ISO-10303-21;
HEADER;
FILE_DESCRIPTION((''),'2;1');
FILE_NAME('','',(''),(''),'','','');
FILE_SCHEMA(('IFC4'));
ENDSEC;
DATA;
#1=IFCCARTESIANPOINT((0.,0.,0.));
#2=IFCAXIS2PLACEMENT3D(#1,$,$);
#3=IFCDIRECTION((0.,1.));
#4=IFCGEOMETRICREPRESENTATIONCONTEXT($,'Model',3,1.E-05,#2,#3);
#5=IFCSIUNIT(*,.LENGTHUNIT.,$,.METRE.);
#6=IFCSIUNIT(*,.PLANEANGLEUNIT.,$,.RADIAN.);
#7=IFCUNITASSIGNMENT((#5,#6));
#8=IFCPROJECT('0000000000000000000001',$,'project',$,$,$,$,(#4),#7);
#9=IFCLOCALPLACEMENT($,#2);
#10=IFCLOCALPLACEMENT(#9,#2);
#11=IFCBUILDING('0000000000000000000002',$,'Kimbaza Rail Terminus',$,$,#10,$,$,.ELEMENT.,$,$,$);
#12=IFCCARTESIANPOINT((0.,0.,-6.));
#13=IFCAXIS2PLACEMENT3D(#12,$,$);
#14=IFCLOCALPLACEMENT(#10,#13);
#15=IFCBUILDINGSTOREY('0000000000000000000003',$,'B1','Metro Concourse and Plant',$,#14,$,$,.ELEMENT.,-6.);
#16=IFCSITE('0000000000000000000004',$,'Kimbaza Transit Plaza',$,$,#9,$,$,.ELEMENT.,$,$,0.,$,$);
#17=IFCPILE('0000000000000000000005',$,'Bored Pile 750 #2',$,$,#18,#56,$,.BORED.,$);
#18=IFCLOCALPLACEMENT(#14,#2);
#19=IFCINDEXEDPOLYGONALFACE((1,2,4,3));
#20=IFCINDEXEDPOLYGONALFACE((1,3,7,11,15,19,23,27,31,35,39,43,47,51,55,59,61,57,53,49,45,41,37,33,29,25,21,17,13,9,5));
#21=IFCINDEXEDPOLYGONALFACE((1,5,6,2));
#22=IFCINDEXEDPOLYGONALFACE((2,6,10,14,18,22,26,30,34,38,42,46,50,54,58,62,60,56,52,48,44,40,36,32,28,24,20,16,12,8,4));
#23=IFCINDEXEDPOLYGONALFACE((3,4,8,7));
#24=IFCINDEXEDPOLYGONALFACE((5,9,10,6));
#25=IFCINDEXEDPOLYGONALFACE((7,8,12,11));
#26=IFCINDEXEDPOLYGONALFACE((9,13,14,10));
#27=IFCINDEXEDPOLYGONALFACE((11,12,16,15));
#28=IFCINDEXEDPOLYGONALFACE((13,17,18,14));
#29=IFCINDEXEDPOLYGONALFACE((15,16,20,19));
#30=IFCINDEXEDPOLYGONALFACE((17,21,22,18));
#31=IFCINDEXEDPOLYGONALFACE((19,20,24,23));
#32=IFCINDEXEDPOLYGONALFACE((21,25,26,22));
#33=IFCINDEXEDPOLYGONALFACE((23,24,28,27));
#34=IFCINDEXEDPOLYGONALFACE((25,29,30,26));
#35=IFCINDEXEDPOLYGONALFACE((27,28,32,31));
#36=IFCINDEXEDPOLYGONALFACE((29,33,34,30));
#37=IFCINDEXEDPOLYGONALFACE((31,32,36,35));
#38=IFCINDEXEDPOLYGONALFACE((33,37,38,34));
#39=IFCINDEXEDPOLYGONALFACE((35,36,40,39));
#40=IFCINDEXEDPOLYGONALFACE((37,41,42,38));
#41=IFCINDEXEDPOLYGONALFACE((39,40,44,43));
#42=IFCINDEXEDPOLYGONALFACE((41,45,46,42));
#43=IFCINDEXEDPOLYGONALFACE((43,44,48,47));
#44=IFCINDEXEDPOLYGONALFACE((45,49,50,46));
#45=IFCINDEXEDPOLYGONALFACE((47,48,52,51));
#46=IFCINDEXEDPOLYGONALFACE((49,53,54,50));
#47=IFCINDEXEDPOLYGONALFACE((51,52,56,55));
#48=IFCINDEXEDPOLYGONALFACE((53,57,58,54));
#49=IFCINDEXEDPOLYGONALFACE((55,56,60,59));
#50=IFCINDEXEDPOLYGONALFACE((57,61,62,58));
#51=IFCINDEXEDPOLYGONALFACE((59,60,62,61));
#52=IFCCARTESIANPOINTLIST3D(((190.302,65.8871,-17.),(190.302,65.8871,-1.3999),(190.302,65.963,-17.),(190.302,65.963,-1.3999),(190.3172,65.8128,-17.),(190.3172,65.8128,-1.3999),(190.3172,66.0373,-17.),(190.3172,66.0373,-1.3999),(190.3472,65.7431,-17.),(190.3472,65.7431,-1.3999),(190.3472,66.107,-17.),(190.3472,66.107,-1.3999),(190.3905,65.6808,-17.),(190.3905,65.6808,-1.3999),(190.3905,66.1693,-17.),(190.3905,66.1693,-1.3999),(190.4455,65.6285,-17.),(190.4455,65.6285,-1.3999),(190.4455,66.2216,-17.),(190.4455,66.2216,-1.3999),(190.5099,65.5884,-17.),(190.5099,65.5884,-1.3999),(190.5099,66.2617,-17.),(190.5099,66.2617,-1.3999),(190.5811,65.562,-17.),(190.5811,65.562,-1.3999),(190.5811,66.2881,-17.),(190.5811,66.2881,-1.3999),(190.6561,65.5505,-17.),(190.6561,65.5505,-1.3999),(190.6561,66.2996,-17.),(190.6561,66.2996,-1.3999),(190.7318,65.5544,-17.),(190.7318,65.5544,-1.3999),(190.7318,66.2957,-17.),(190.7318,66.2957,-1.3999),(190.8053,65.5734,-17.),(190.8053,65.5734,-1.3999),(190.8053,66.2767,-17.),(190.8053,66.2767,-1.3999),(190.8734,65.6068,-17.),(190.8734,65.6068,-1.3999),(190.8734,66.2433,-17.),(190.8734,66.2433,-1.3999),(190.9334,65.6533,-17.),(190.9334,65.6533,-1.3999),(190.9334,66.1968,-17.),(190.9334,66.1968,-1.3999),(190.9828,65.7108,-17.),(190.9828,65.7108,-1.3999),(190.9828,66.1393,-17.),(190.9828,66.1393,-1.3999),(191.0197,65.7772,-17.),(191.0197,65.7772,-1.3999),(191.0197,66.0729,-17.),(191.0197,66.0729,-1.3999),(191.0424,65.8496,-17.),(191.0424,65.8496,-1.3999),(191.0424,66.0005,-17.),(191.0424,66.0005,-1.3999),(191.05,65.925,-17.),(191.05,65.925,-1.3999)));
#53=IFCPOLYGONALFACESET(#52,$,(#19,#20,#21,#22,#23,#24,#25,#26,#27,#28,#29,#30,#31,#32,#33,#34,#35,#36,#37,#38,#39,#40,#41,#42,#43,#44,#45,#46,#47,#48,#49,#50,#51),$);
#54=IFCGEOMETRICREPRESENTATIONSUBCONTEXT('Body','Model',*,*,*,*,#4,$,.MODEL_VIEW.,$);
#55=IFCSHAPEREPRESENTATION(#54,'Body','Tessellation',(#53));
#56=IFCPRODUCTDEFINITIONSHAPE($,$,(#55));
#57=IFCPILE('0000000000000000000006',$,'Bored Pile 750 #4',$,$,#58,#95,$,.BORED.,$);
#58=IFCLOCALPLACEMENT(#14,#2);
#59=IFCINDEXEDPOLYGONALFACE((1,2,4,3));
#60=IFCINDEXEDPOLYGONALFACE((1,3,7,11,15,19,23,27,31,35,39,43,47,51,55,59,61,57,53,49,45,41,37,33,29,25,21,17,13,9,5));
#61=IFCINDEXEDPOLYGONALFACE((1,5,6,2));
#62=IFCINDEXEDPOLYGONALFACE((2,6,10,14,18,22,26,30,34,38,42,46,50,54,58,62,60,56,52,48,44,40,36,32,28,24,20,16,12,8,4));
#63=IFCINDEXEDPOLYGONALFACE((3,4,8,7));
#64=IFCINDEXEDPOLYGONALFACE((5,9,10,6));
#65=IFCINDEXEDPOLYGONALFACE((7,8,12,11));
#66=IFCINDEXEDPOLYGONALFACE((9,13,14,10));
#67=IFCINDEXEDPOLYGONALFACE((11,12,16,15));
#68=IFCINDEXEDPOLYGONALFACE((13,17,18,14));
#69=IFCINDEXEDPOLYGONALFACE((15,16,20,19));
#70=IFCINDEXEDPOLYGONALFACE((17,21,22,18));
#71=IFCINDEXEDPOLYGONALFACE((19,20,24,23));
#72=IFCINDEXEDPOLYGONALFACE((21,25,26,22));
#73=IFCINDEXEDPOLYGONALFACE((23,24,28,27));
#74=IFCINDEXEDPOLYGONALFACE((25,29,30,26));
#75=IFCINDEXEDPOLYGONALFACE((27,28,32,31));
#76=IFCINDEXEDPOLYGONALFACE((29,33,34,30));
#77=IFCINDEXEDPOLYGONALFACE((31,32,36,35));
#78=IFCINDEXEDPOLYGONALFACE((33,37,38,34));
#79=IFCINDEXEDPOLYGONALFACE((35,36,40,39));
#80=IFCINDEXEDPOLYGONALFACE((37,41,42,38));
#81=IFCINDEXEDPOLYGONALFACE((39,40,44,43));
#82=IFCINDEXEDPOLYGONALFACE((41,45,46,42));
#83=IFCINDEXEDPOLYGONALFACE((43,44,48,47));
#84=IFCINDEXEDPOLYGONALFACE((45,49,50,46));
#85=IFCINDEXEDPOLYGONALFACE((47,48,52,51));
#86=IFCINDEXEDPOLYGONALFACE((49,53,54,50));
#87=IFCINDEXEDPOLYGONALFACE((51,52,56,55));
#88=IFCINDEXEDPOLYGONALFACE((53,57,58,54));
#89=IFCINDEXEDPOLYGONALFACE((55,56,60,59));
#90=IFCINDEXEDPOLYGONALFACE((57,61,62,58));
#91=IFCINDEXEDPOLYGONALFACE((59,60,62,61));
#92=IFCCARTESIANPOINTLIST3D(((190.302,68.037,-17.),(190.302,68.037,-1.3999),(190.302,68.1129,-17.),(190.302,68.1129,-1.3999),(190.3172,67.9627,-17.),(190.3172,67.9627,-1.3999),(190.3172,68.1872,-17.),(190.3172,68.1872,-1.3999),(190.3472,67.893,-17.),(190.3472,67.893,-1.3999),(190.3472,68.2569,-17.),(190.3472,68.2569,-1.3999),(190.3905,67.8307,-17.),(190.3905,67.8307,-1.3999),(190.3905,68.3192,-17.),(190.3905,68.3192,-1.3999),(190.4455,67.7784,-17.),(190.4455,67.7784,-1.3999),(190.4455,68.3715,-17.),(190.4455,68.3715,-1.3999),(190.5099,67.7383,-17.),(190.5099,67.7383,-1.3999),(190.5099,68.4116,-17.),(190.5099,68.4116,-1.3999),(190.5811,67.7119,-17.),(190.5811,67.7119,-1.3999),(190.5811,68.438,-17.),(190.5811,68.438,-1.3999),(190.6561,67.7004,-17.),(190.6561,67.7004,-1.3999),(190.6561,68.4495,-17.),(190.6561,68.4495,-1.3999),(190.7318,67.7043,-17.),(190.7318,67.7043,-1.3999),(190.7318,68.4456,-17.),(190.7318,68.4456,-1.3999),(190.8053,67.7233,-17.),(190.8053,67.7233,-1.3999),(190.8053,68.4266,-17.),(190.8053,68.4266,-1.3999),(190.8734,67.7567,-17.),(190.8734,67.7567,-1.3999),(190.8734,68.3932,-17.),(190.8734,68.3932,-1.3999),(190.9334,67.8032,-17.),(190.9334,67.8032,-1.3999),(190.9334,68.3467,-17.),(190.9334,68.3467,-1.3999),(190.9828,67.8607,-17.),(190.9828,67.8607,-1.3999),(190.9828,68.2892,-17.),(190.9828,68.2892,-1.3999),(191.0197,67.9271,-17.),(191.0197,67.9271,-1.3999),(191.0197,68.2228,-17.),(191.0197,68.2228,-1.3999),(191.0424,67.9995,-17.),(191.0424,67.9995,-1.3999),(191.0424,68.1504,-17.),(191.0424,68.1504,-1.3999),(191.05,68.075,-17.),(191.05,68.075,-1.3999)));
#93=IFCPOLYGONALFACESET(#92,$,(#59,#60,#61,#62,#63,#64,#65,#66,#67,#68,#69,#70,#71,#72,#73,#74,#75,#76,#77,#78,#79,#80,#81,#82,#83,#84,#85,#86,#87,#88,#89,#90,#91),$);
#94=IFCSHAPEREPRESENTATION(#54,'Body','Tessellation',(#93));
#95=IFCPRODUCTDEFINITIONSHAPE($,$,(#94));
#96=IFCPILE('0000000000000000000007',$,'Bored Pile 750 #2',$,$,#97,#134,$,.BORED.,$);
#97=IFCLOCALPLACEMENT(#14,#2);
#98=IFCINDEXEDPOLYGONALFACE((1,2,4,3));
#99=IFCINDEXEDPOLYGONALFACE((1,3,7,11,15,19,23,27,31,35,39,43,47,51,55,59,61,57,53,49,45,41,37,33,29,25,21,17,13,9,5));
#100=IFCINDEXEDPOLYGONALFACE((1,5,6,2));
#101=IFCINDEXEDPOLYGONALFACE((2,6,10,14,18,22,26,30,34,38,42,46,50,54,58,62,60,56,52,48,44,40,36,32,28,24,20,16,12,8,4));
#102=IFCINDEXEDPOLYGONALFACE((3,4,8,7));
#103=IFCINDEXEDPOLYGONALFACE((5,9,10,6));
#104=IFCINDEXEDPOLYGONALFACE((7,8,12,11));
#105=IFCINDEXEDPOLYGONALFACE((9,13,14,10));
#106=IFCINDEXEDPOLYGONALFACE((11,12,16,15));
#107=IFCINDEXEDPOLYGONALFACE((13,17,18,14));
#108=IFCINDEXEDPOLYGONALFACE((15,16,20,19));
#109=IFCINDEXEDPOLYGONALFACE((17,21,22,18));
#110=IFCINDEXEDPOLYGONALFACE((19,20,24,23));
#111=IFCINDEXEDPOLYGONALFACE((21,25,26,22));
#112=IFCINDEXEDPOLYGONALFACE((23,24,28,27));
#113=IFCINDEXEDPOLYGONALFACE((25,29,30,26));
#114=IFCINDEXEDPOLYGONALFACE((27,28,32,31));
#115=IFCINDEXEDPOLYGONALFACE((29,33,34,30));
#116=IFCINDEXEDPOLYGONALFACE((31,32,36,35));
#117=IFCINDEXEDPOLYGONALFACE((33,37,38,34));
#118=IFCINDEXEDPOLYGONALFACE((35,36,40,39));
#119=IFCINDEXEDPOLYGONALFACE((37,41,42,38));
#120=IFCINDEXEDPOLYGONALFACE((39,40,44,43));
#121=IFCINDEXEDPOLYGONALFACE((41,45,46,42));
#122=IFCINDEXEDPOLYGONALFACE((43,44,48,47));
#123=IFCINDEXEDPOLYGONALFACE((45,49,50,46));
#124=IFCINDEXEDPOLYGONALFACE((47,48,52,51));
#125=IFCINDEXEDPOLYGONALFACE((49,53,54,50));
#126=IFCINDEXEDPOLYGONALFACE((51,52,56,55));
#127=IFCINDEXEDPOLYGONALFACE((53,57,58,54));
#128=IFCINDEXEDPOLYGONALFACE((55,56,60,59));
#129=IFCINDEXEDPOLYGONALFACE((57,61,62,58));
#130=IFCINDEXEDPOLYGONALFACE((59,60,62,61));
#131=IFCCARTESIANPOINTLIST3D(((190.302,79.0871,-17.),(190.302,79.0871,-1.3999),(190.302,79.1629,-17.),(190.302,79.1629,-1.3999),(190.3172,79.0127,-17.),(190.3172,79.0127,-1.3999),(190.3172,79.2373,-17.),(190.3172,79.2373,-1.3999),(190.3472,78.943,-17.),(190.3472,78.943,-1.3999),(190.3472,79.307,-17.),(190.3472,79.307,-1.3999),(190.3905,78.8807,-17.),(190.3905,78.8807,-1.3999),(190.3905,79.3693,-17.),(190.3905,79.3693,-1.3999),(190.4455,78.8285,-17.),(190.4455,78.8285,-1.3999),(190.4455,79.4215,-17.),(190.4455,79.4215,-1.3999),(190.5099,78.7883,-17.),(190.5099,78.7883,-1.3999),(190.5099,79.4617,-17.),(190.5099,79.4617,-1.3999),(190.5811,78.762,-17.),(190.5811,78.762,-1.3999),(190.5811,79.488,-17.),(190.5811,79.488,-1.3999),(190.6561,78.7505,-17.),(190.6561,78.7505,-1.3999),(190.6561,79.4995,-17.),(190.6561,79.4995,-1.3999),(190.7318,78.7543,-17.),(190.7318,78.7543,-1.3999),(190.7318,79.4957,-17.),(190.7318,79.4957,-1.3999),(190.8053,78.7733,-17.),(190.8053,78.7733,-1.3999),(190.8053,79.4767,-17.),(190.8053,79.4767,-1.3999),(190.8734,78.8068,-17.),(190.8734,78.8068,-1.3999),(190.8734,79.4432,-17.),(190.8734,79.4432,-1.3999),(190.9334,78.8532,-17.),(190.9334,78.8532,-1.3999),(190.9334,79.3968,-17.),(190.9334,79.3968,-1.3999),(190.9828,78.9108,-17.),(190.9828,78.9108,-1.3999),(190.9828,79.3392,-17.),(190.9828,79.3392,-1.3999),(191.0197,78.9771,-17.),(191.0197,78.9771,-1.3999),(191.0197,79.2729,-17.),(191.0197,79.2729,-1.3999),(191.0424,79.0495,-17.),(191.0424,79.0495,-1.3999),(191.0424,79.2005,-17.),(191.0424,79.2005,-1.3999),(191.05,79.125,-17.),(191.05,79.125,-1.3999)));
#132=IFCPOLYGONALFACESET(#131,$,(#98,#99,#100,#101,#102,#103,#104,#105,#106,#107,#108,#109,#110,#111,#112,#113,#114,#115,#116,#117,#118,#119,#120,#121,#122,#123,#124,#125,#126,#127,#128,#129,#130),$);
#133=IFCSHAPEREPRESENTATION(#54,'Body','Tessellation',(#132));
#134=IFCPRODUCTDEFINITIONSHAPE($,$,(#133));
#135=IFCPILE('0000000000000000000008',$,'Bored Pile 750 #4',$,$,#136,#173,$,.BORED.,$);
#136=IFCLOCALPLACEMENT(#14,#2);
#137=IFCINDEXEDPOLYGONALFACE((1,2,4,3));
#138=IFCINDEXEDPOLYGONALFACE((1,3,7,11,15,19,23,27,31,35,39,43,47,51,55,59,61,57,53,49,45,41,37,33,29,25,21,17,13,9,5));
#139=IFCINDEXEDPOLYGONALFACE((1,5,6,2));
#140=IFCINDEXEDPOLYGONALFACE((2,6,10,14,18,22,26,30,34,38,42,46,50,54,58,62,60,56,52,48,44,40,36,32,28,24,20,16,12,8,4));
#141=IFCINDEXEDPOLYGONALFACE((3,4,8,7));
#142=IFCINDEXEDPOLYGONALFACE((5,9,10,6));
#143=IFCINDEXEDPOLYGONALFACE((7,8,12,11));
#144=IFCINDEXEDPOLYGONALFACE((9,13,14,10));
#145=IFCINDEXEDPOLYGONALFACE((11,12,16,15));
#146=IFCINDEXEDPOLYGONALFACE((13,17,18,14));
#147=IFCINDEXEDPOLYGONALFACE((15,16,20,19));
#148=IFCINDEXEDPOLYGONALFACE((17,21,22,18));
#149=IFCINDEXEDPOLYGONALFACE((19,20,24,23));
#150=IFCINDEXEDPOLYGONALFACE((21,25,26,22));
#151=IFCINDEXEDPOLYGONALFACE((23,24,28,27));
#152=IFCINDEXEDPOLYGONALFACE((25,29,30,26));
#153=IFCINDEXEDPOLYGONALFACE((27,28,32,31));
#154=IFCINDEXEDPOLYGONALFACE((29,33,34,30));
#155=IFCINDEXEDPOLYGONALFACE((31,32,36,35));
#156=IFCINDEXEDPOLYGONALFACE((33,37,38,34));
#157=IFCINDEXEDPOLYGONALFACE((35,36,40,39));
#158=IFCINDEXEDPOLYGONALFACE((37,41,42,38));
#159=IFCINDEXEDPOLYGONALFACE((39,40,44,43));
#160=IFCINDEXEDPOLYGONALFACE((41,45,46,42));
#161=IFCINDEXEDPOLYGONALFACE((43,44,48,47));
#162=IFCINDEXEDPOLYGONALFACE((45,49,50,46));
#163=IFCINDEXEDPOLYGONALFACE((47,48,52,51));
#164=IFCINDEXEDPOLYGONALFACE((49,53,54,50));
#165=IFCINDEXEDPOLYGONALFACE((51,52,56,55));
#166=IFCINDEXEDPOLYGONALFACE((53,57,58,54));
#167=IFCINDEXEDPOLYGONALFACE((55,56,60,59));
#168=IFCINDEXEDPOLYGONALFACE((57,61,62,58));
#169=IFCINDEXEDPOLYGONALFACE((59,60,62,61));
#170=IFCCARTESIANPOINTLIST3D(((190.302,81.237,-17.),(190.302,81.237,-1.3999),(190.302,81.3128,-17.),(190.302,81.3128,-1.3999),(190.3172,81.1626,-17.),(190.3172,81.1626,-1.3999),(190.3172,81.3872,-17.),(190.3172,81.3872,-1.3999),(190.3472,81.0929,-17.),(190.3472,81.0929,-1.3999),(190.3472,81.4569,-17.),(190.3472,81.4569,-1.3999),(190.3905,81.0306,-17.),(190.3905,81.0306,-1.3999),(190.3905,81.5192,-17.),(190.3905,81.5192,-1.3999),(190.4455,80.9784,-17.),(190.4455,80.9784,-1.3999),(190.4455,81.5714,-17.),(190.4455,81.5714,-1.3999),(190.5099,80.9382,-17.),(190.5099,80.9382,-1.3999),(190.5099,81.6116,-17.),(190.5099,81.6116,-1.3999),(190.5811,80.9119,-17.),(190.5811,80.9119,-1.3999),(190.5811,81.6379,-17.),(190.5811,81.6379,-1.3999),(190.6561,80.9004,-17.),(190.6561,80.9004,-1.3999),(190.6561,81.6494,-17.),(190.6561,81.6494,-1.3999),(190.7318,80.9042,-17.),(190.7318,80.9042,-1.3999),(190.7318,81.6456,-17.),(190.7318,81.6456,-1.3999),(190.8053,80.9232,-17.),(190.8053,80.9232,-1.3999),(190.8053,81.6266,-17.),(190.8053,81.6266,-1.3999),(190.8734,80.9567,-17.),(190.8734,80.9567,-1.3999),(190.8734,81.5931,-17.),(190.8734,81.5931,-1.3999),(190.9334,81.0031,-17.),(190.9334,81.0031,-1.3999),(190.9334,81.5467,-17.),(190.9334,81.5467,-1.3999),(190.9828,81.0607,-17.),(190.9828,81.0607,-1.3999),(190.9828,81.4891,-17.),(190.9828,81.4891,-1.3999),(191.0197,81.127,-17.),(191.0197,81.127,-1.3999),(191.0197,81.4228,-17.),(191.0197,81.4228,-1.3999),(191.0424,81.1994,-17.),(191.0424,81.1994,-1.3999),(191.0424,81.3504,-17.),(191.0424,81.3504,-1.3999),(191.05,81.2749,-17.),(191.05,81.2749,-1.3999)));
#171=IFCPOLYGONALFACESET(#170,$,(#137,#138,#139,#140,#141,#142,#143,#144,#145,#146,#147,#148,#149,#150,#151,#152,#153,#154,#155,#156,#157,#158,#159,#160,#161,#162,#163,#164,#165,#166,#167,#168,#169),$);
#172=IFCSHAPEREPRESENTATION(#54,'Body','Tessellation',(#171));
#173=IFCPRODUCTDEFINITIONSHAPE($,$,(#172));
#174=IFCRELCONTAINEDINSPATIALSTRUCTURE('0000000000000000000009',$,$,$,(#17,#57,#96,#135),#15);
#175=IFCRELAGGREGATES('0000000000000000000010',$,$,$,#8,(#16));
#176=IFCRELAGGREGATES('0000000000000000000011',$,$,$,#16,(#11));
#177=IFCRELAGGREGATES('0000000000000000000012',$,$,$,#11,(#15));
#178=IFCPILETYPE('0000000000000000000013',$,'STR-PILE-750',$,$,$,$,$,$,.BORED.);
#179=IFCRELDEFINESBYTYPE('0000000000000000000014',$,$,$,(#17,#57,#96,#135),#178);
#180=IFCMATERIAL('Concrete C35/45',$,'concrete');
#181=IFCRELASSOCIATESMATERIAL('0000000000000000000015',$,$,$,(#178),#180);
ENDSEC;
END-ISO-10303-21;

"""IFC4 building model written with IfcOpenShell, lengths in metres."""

from ifc_helpers import new_model, si_unit, direction, frame, origin, origin_2d, place, context, subcontext, project, spatial, circle, extrude, material, material_profile, profile_set, type_object, element, save


model = new_model("IFC4")

# Units and contexts
model_context = context("Model", 3, precision=1e-05, world=origin(), true_north=direction((0.0, 1.0)))
body_context = subcontext(model_context, "Body", "Model", "MODEL_VIEW")
ifc_project = project(units=[si_unit("LENGTHUNIT", "METRE"), si_unit("PLANEANGLEUNIT", "RADIAN")], contexts=[model_context])

# Site, building, storey
site_placement = place(None, origin())
site = spatial("IfcSite", under=ifc_project, at=site_placement, Name="Kimbaza Transit Plaza", CompositionType="ELEMENT", RefElevation=0.0)
building_placement = place(site_placement, origin())
building = spatial("IfcBuilding", under=site, at=building_placement, Name="Kimbaza Rail Terminus", CompositionType="ELEMENT")
storey_placement = place(building_placement, frame((0.0, 0.0, -6.0)))
storey = spatial("IfcBuildingStorey", under=building, at=storey_placement, Name="B1", Description="Metro Concourse and Plant", CompositionType="ELEMENT", Elevation=-6.0)

# Piles
ifc_material_1 = material(Name="Concrete C35/45", Category="concrete")
ifc_material_profile_1 = material_profile(ifc_material_1, circle(Radius=0.375, at=origin_2d()), Name="BORED PILE 750")
ifc_profile_set_1 = profile_set([ifc_material_profile_1], Name="Concrete C35/45")
pile_type_1 = type_object("IfcPileType", Name="STR-PILE-750", PredefinedType="BORED", material=ifc_profile_set_1)
for number, where, z_axis, x_axis, name in (
    (1, (190.675, 65.925, -1.3999), (0.0, 0.0, -1.0), (1.0, 0.0, 0.0), "Bored Pile 750 #2"),
    (2, (190.675, 68.075, -1.3999), (0.0, 0.0, -1.0), (1.0, 0.0, 0.0), "Bored Pile 750 #4"),
    (3, (190.675, 79.125, -1.3999), (0.0, 0.0, -1.0), (1.0, 0.0, 0.0), "Bored Pile 750 #2"),
    (4, (190.675, 81.2749, -1.3999), (0.0, 0.0, -1.0), (1.0, 0.0, 0.0), "Bored Pile 750 #4"),
):
    element("IfcPile", number, at=place(storey_placement, frame(where, z_axis=z_axis, x_axis=x_axis)), inside=storey, type_object=pile_type_1, Name=name, PredefinedType="BORED", context=body_context, shape_type="SweptSolid", body=[
        extrude(circle(Radius=0.375, at=origin_2d()), origin(), (0.0, 0.0, 1.0), 15.6001),
    ])

save(model, "model.ifc")
